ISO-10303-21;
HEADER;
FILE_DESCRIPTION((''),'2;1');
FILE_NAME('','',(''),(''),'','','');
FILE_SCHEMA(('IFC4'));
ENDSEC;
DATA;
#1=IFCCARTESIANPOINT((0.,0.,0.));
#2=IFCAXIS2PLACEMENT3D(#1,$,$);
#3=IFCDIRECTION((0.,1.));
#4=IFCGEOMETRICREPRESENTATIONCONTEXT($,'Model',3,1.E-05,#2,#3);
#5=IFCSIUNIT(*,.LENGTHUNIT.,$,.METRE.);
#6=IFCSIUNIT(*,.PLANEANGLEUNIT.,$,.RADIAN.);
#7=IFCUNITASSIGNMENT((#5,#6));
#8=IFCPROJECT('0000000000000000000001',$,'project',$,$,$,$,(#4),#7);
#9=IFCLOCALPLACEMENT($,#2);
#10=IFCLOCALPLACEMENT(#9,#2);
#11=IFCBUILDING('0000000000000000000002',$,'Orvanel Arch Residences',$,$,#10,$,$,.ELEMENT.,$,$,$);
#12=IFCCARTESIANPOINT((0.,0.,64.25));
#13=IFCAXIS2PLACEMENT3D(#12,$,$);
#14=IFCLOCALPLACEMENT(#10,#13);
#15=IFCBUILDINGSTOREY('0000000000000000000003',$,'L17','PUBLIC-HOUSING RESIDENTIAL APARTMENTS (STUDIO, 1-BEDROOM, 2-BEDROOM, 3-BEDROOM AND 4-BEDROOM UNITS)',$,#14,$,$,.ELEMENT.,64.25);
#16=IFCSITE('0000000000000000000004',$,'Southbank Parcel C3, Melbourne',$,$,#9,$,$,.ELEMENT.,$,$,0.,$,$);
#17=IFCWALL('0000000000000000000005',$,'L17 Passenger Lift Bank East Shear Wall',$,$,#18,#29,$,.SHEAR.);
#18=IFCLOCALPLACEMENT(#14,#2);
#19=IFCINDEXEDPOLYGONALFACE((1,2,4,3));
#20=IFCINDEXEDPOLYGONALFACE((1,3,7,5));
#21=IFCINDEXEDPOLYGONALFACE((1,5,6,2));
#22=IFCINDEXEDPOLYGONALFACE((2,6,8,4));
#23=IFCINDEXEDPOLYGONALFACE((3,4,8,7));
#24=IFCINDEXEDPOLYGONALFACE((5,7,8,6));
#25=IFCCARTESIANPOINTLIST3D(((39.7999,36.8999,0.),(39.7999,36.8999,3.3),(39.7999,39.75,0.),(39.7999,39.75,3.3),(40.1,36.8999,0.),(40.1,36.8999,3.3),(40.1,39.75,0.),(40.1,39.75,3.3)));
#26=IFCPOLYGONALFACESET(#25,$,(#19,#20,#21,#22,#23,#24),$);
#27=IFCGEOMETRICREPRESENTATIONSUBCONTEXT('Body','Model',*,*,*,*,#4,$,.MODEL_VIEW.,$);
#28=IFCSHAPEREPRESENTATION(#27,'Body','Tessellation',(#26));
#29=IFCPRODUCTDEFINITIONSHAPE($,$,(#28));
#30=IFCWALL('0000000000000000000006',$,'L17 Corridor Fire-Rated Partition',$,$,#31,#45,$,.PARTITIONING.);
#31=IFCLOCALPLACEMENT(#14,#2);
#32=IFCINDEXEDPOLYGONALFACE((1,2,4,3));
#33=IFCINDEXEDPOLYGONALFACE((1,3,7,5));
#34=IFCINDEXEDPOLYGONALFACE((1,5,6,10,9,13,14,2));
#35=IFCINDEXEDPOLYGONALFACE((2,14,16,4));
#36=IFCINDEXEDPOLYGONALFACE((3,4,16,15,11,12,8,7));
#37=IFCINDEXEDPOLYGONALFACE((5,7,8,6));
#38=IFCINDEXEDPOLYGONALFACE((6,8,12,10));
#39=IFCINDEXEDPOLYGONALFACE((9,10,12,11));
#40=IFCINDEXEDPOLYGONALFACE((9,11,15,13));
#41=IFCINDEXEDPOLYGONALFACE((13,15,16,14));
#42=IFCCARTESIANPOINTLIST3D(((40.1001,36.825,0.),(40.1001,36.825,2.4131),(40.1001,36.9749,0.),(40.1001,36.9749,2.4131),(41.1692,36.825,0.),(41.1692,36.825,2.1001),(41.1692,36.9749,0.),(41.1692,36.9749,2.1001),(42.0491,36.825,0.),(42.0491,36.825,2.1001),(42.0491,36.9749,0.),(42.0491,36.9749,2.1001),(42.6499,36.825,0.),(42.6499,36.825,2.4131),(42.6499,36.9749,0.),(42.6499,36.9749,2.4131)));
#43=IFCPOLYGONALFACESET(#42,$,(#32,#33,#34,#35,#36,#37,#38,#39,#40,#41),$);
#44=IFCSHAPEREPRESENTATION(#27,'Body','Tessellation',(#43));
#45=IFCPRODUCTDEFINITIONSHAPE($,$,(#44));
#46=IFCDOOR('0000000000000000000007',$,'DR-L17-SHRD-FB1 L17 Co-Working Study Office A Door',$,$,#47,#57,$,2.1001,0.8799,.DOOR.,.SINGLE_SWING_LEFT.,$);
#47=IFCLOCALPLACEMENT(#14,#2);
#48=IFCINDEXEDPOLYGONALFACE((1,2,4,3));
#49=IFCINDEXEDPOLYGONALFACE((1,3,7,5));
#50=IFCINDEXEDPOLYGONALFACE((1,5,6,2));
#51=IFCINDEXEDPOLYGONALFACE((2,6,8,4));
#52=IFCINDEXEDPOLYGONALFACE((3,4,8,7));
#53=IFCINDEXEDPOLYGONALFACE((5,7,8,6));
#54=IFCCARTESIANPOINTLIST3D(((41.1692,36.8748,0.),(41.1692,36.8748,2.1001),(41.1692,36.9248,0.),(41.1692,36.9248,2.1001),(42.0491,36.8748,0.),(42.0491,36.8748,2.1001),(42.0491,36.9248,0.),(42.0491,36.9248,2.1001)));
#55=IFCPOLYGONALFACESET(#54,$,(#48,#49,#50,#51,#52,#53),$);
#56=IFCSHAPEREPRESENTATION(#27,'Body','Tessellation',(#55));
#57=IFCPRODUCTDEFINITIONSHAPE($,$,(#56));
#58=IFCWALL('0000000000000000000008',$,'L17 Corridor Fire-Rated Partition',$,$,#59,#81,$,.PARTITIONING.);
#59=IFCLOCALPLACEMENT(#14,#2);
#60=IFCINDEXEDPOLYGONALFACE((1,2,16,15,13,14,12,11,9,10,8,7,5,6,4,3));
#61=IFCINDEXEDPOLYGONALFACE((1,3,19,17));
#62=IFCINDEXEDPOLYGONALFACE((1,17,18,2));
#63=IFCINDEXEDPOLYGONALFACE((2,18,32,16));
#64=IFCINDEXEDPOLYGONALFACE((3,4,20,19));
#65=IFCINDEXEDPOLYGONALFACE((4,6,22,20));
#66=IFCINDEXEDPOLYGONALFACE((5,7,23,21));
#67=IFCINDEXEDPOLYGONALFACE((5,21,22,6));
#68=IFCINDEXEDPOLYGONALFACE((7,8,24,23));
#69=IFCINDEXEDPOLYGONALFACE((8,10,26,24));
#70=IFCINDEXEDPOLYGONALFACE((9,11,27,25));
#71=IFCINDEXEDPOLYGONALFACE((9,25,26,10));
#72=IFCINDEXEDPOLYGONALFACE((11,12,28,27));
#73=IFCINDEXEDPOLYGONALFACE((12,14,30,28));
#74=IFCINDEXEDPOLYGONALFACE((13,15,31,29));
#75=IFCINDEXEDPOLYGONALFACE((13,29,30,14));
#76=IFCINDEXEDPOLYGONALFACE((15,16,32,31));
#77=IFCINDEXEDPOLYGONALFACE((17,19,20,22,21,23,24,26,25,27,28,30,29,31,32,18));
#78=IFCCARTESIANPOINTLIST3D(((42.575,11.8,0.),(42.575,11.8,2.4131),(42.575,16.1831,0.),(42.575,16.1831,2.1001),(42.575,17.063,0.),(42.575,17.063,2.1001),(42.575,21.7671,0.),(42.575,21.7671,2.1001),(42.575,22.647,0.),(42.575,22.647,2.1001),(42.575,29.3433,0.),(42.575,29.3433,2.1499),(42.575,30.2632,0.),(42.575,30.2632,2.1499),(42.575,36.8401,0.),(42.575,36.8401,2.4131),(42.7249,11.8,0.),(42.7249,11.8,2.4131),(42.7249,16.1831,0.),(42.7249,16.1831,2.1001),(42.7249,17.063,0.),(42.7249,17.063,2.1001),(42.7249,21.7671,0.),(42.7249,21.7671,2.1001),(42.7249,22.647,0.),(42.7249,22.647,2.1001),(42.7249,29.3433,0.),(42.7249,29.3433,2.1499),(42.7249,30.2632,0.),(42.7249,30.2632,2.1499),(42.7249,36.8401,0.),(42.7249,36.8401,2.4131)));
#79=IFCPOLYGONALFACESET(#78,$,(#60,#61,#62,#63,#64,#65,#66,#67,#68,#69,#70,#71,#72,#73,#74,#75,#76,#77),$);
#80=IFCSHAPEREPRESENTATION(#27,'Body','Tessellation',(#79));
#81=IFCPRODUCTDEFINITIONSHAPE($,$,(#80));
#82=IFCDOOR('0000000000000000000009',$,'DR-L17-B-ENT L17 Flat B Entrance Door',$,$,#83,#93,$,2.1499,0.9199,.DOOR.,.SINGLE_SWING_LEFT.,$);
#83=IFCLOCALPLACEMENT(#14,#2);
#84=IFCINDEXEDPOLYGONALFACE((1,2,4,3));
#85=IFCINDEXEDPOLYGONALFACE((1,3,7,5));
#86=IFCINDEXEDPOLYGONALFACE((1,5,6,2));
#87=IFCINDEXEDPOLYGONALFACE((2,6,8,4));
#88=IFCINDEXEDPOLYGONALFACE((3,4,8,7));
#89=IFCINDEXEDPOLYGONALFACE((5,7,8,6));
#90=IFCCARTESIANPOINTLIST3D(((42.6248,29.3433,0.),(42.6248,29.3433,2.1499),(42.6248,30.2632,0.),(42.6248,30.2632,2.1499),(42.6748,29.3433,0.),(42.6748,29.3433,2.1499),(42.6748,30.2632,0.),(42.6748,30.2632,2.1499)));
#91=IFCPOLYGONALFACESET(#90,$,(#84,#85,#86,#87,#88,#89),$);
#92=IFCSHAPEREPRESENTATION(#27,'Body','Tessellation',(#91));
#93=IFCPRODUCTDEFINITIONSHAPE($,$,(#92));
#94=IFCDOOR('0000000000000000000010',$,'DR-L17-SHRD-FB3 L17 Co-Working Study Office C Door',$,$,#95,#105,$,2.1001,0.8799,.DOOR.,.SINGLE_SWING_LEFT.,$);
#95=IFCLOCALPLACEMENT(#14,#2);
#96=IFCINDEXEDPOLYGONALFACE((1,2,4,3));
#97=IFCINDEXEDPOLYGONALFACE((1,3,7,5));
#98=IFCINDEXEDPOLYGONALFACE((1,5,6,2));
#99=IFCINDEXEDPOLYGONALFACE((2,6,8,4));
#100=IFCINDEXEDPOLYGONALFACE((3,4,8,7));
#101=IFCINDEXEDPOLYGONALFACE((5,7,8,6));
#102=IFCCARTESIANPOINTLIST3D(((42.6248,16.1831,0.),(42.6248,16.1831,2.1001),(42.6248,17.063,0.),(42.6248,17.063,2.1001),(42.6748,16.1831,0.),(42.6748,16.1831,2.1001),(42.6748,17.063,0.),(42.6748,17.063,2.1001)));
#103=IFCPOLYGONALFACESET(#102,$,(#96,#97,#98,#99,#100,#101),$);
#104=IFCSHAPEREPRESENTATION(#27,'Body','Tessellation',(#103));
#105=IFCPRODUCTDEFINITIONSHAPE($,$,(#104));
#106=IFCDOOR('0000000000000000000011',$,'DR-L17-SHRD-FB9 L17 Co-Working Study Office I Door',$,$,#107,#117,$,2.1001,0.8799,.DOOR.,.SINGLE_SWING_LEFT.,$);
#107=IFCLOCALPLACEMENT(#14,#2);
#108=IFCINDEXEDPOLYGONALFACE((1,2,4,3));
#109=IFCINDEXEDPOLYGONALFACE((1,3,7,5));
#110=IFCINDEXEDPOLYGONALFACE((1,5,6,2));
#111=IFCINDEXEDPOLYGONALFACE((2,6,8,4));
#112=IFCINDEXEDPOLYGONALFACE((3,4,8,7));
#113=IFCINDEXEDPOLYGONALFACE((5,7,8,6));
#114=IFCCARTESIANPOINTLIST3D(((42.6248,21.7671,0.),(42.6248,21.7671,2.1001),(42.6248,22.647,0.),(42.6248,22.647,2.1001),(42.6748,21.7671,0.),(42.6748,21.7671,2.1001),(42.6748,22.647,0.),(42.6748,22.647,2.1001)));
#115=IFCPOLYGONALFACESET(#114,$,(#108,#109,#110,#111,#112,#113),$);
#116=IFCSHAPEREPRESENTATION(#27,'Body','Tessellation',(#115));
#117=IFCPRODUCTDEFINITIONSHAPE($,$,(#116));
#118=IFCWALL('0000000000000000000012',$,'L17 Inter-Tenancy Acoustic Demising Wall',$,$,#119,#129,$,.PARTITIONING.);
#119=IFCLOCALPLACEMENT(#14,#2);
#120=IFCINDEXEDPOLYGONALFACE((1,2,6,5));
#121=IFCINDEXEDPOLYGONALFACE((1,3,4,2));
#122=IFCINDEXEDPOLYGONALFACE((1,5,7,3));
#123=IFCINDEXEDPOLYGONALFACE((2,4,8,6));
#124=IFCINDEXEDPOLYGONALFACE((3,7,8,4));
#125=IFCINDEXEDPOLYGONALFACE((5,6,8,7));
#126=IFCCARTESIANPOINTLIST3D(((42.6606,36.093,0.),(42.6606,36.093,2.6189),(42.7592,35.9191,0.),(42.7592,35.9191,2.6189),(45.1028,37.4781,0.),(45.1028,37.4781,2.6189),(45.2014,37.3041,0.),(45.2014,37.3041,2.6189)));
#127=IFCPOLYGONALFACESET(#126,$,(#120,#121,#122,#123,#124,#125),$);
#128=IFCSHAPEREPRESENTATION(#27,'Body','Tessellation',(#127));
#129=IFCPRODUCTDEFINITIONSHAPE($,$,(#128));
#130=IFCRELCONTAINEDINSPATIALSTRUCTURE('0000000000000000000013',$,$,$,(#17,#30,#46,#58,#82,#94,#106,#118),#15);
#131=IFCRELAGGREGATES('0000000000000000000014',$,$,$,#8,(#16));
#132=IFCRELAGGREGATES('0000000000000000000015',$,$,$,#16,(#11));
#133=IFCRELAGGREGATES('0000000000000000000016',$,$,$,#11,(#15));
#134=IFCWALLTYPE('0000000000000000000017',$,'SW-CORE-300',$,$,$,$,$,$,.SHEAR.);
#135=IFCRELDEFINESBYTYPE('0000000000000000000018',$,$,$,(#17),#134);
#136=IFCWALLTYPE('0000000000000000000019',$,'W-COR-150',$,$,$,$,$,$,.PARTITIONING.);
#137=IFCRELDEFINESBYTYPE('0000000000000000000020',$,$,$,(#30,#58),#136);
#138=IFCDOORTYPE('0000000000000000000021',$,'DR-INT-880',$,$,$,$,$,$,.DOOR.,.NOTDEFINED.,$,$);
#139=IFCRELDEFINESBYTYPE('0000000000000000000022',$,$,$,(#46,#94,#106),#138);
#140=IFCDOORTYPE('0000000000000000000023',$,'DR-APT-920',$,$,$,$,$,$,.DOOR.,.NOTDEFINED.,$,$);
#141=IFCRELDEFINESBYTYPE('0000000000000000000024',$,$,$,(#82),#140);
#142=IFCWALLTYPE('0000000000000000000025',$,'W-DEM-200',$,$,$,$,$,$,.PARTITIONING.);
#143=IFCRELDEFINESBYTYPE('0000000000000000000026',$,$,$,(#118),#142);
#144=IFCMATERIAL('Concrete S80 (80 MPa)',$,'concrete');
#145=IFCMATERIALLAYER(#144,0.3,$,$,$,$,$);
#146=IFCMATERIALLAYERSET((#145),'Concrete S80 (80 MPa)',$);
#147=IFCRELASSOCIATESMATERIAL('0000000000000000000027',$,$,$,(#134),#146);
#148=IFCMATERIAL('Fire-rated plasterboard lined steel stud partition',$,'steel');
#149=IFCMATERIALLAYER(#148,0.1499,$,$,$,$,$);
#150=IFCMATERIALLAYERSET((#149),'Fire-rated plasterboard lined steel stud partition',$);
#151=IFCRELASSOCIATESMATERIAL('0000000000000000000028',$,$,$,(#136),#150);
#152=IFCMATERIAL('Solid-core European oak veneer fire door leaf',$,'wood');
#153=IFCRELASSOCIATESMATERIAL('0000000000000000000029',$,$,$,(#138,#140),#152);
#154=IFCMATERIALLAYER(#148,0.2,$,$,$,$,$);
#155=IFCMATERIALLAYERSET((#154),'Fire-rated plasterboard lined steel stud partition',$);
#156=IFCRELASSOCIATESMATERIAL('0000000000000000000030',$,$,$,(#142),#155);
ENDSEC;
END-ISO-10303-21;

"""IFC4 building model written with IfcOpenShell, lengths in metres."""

from ifc_helpers import new_model, si_unit, direction, frame, frame_2d, origin, place, context, subcontext, project, spatial, rectangle, extrude, material, layer, layer_set, type_object, element, fill, save


model = new_model("IFC4")

# Units and contexts
model_context = context("Model", 3, precision=1e-05, world=origin(), true_north=direction((0.0, 1.0)))
body_context = subcontext(model_context, "Body", "Model", "MODEL_VIEW")
ifc_project = project(units=[si_unit("LENGTHUNIT", "METRE"), si_unit("PLANEANGLEUNIT", "RADIAN")], contexts=[model_context])

# Site, building, storey
site_placement = place(None, origin())
site = spatial("IfcSite", under=ifc_project, at=site_placement, Name="Southbank Parcel C3, Melbourne", CompositionType="ELEMENT", RefElevation=0.0)
building_placement = place(site_placement, origin())
building = spatial("IfcBuilding", under=site, at=building_placement, Name="Orvanel Arch Residences", CompositionType="ELEMENT")
storey_placement = place(building_placement, frame((0.0, 0.0, 64.25)))
storey = spatial("IfcBuildingStorey", under=building, at=storey_placement, Name="L17", Description="PUBLIC-HOUSING RESIDENTIAL APARTMENTS (STUDIO, 1-BEDROOM, 2-BEDROOM, 3-BEDROOM AND 4-BEDROOM UNITS)", CompositionType="ELEMENT", Elevation=64.25)

# Shared definitions
ifc_material_1 = material(Name="Concrete S80 (80 MPa)", Category="concrete")
ifc_layer_1 = layer(ifc_material_1, 0.3)
ifc_layer_set_1 = layer_set([ifc_layer_1], Name="Concrete S80 (80 MPa)")
wall_type_1 = type_object("IfcWallType", Name="SW-CORE-300", PredefinedType="SHEAR", material=ifc_layer_set_1)

# Wall
wall_1_placement = place(storey_placement, frame((39.95, 36.8999, 0.0), z_axis=(0.0, 0.0, 1.0), x_axis=(0.0, 1.0, 0.0)))
element("IfcWall", 1, at=wall_1_placement, inside=storey, type_object=wall_type_1, Name="L17 Passenger Lift Bank East Shear Wall", PredefinedType="SHEAR", context=body_context, shape_type="SweptSolid", body=[
    extrude(rectangle(XDim=2.8501, YDim=0.3, at=frame_2d((1.425, 0.0))), origin(), (0.0, 0.0, 1.0), 3.3),
])

# Wall, opening, door
ifc_material_2 = material(Name="Fire-rated plasterboard lined steel stud partition", Category="steel")
ifc_layer_2 = layer(ifc_material_2, 0.1499)
ifc_layer_set_2 = layer_set([ifc_layer_2], Name="Fire-rated plasterboard lined steel stud partition")
wall_type_2 = type_object("IfcWallType", Name="W-COR-150", PredefinedType="PARTITIONING", material=ifc_layer_set_2)
wall_2_placement = place(storey_placement, frame((40.1001, 36.8999, 0.0), z_axis=(0.0, 0.0, 1.0), x_axis=(1.0, 0.0, 0.0)))
wall_2 = element("IfcWall", 2, at=wall_2_placement, inside=storey, type_object=wall_type_2, Name="L17 Corridor Fire-Rated Partition", PredefinedType="PARTITIONING", context=body_context, shape_type="SweptSolid", body=[
    extrude(rectangle(XDim=2.5498, YDim=0.1499, at=frame_2d((1.2749, 0.0))), origin(), (0.0, 0.0, 1.0), 2.4131),
])
opening_1_placement = place(wall_2_placement, frame((1.0691, 0.0, 0.0)))
opening_1 = element("IfcOpeningElement", 3, at=opening_1_placement, cuts=wall_2, PredefinedType="OPENING", context=body_context, shape_type="SweptSolid", body=[
    extrude(rectangle(XDim=0.8799, YDim=2.1001, at=frame_2d((0.4399, 1.05))), frame((0.0, 0.085, 0.0), z_axis=(0.0, -1.0, 0.0), x_axis=(1.0, 0.0, 0.0)), (0.0, 0.0, 1.0), 0.1699),
])
ifc_material_3 = material(Name="Solid-core European oak veneer fire door leaf", Category="wood")
door_type_1 = type_object("IfcDoorType", Name="DR-INT-880", OperationType="NOTDEFINED", PredefinedType="DOOR", material=ifc_material_3)
door_1_placement = place(opening_1_placement, origin())
door_1 = element("IfcDoor", 4, at=door_1_placement, inside=storey, type_object=door_type_1, Name="DR-L17-SHRD-FB1 L17 Co-Working Study Office A Door", OperationType="SINGLE_SWING_LEFT", OverallHeight=2.1001, OverallWidth=0.8799, PredefinedType="DOOR", context=body_context, shape_type="SweptSolid", body=[
    extrude(rectangle(XDim=0.8799, YDim=2.1001, at=frame_2d((0.4399, 1.05))), frame((0.0, 0.0249, 0.0), z_axis=(0.0, -1.0, 0.0), x_axis=(1.0, 0.0, 0.0)), (0.0, 0.0, 1.0), 0.05),
])
fill(opening_1, door_1)

# Wall, openings, doors
wall_3_placement = place(storey_placement, frame((42.6499, 36.8401, 0.0), z_axis=(0.0, 0.0, 1.0), x_axis=(0.0, -1.0, 0.0)))
wall_3 = element("IfcWall", 5, at=wall_3_placement, inside=storey, type_object=wall_type_2, Name="L17 Corridor Fire-Rated Partition", PredefinedType="PARTITIONING", context=body_context, shape_type="SweptSolid", body=[
    extrude(rectangle(XDim=25.04, YDim=0.1499, at=frame_2d((12.52, 0.0))), origin(), (0.0, 0.0, 1.0), 2.4131),
])
opening_2_placement = place(wall_3_placement, frame((6.5769, 0.0, 0.0)))
opening_2 = element("IfcOpeningElement", 6, at=opening_2_placement, cuts=wall_3, PredefinedType="OPENING", context=body_context, shape_type="SweptSolid", body=[
    extrude(rectangle(XDim=0.9199, YDim=2.1499, at=frame_2d((0.46, 1.075))), frame((0.0, 0.085, 0.0), z_axis=(0.0, -1.0, 0.0), x_axis=(1.0, 0.0, 0.0)), (0.0, 0.0, 1.0), 0.1699),
])
opening_3_placement = place(wall_3_placement, frame((19.7771, 0.0, 0.0)))
opening_3 = element("IfcOpeningElement", 7, at=opening_3_placement, cuts=wall_3, PredefinedType="OPENING", context=body_context, shape_type="SweptSolid", body=[
    extrude(rectangle(XDim=0.8799, YDim=2.1001, at=frame_2d((0.4399, 1.05))), frame((0.0, 0.085, 0.0), z_axis=(0.0, -1.0, 0.0), x_axis=(1.0, 0.0, 0.0)), (0.0, 0.0, 1.0), 0.1699),
])
opening_4_placement = place(wall_3_placement, frame((14.1931, 0.0, 0.0)))
opening_4 = element("IfcOpeningElement", 8, at=opening_4_placement, cuts=wall_3, PredefinedType="OPENING", context=body_context, shape_type="SweptSolid", body=[
    extrude(rectangle(XDim=0.8799, YDim=2.1001, at=frame_2d((0.4399, 1.05))), frame((0.0, 0.085, 0.0), z_axis=(0.0, -1.0, 0.0), x_axis=(1.0, 0.0, 0.0)), (0.0, 0.0, 1.0), 0.1699),
])
door_type_2 = type_object("IfcDoorType", Name="DR-APT-920", OperationType="NOTDEFINED", PredefinedType="DOOR", material=ifc_material_3)
door_2_placement = place(opening_2_placement, origin())
door_2 = element("IfcDoor", 9, at=door_2_placement, inside=storey, type_object=door_type_2, Name="DR-L17-B-ENT L17 Flat B Entrance Door", OperationType="SINGLE_SWING_LEFT", OverallHeight=2.1499, OverallWidth=0.9199, PredefinedType="DOOR", context=body_context, shape_type="SweptSolid", body=[
    extrude(rectangle(XDim=0.9199, YDim=2.1499, at=frame_2d((0.46, 1.075))), frame((0.0, 0.0249, 0.0), z_axis=(0.0, -1.0, 0.0), x_axis=(1.0, 0.0, 0.0)), (0.0, 0.0, 1.0), 0.05),
])
fill(opening_2, door_2)
door_3_placement = place(opening_3_placement, origin())
door_3 = element("IfcDoor", 10, at=door_3_placement, inside=storey, type_object=door_type_1, Name="DR-L17-SHRD-FB3 L17 Co-Working Study Office C Door", OperationType="SINGLE_SWING_LEFT", OverallHeight=2.1001, OverallWidth=0.8799, PredefinedType="DOOR", context=body_context, shape_type="SweptSolid", body=[
    extrude(rectangle(XDim=0.8799, YDim=2.1001, at=frame_2d((0.4399, 1.05))), frame((0.0, 0.0249, 0.0), z_axis=(0.0, -1.0, 0.0), x_axis=(1.0, 0.0, 0.0)), (0.0, 0.0, 1.0), 0.05),
])
fill(opening_3, door_3)
door_4_placement = place(opening_4_placement, origin())
door_4 = element("IfcDoor", 11, at=door_4_placement, inside=storey, type_object=door_type_1, Name="DR-L17-SHRD-FB9 L17 Co-Working Study Office I Door", OperationType="SINGLE_SWING_LEFT", OverallHeight=2.1001, OverallWidth=0.8799, PredefinedType="DOOR", context=body_context, shape_type="SweptSolid", body=[
    extrude(rectangle(XDim=0.8799, YDim=2.1001, at=frame_2d((0.4399, 1.05))), frame((0.0, 0.0249, 0.0), z_axis=(0.0, -1.0, 0.0), x_axis=(1.0, 0.0, 0.0)), (0.0, 0.0, 1.0), 0.05),
])
fill(opening_4, door_4)

# Wall
ifc_layer_3 = layer(ifc_material_2, 0.2)
ifc_layer_set_3 = layer_set([ifc_layer_3], Name="Fire-rated plasterboard lined steel stud partition")
wall_type_3 = type_object("IfcWallType", Name="W-DEM-200", PredefinedType="PARTITIONING", material=ifc_layer_set_3)
wall_4_placement = place(storey_placement, frame((45.1521, 37.3911, 0.0), z_axis=(0.0, 0.0, 1.0), x_axis=(-0.869849, -0.493318, 0.0)))
element("IfcWall", 12, at=wall_4_placement, inside=storey, type_object=wall_type_3, Name="L17 Inter-Tenancy Acoustic Demising Wall", PredefinedType="PARTITIONING", context=body_context, shape_type="SweptSolid", body=[
    extrude(rectangle(XDim=2.8076, YDim=0.2, at=frame_2d((1.4038, 0.0))), origin(), (0.0, 0.0, 1.0), 2.6189),
])

save(model, "model.ifc")
